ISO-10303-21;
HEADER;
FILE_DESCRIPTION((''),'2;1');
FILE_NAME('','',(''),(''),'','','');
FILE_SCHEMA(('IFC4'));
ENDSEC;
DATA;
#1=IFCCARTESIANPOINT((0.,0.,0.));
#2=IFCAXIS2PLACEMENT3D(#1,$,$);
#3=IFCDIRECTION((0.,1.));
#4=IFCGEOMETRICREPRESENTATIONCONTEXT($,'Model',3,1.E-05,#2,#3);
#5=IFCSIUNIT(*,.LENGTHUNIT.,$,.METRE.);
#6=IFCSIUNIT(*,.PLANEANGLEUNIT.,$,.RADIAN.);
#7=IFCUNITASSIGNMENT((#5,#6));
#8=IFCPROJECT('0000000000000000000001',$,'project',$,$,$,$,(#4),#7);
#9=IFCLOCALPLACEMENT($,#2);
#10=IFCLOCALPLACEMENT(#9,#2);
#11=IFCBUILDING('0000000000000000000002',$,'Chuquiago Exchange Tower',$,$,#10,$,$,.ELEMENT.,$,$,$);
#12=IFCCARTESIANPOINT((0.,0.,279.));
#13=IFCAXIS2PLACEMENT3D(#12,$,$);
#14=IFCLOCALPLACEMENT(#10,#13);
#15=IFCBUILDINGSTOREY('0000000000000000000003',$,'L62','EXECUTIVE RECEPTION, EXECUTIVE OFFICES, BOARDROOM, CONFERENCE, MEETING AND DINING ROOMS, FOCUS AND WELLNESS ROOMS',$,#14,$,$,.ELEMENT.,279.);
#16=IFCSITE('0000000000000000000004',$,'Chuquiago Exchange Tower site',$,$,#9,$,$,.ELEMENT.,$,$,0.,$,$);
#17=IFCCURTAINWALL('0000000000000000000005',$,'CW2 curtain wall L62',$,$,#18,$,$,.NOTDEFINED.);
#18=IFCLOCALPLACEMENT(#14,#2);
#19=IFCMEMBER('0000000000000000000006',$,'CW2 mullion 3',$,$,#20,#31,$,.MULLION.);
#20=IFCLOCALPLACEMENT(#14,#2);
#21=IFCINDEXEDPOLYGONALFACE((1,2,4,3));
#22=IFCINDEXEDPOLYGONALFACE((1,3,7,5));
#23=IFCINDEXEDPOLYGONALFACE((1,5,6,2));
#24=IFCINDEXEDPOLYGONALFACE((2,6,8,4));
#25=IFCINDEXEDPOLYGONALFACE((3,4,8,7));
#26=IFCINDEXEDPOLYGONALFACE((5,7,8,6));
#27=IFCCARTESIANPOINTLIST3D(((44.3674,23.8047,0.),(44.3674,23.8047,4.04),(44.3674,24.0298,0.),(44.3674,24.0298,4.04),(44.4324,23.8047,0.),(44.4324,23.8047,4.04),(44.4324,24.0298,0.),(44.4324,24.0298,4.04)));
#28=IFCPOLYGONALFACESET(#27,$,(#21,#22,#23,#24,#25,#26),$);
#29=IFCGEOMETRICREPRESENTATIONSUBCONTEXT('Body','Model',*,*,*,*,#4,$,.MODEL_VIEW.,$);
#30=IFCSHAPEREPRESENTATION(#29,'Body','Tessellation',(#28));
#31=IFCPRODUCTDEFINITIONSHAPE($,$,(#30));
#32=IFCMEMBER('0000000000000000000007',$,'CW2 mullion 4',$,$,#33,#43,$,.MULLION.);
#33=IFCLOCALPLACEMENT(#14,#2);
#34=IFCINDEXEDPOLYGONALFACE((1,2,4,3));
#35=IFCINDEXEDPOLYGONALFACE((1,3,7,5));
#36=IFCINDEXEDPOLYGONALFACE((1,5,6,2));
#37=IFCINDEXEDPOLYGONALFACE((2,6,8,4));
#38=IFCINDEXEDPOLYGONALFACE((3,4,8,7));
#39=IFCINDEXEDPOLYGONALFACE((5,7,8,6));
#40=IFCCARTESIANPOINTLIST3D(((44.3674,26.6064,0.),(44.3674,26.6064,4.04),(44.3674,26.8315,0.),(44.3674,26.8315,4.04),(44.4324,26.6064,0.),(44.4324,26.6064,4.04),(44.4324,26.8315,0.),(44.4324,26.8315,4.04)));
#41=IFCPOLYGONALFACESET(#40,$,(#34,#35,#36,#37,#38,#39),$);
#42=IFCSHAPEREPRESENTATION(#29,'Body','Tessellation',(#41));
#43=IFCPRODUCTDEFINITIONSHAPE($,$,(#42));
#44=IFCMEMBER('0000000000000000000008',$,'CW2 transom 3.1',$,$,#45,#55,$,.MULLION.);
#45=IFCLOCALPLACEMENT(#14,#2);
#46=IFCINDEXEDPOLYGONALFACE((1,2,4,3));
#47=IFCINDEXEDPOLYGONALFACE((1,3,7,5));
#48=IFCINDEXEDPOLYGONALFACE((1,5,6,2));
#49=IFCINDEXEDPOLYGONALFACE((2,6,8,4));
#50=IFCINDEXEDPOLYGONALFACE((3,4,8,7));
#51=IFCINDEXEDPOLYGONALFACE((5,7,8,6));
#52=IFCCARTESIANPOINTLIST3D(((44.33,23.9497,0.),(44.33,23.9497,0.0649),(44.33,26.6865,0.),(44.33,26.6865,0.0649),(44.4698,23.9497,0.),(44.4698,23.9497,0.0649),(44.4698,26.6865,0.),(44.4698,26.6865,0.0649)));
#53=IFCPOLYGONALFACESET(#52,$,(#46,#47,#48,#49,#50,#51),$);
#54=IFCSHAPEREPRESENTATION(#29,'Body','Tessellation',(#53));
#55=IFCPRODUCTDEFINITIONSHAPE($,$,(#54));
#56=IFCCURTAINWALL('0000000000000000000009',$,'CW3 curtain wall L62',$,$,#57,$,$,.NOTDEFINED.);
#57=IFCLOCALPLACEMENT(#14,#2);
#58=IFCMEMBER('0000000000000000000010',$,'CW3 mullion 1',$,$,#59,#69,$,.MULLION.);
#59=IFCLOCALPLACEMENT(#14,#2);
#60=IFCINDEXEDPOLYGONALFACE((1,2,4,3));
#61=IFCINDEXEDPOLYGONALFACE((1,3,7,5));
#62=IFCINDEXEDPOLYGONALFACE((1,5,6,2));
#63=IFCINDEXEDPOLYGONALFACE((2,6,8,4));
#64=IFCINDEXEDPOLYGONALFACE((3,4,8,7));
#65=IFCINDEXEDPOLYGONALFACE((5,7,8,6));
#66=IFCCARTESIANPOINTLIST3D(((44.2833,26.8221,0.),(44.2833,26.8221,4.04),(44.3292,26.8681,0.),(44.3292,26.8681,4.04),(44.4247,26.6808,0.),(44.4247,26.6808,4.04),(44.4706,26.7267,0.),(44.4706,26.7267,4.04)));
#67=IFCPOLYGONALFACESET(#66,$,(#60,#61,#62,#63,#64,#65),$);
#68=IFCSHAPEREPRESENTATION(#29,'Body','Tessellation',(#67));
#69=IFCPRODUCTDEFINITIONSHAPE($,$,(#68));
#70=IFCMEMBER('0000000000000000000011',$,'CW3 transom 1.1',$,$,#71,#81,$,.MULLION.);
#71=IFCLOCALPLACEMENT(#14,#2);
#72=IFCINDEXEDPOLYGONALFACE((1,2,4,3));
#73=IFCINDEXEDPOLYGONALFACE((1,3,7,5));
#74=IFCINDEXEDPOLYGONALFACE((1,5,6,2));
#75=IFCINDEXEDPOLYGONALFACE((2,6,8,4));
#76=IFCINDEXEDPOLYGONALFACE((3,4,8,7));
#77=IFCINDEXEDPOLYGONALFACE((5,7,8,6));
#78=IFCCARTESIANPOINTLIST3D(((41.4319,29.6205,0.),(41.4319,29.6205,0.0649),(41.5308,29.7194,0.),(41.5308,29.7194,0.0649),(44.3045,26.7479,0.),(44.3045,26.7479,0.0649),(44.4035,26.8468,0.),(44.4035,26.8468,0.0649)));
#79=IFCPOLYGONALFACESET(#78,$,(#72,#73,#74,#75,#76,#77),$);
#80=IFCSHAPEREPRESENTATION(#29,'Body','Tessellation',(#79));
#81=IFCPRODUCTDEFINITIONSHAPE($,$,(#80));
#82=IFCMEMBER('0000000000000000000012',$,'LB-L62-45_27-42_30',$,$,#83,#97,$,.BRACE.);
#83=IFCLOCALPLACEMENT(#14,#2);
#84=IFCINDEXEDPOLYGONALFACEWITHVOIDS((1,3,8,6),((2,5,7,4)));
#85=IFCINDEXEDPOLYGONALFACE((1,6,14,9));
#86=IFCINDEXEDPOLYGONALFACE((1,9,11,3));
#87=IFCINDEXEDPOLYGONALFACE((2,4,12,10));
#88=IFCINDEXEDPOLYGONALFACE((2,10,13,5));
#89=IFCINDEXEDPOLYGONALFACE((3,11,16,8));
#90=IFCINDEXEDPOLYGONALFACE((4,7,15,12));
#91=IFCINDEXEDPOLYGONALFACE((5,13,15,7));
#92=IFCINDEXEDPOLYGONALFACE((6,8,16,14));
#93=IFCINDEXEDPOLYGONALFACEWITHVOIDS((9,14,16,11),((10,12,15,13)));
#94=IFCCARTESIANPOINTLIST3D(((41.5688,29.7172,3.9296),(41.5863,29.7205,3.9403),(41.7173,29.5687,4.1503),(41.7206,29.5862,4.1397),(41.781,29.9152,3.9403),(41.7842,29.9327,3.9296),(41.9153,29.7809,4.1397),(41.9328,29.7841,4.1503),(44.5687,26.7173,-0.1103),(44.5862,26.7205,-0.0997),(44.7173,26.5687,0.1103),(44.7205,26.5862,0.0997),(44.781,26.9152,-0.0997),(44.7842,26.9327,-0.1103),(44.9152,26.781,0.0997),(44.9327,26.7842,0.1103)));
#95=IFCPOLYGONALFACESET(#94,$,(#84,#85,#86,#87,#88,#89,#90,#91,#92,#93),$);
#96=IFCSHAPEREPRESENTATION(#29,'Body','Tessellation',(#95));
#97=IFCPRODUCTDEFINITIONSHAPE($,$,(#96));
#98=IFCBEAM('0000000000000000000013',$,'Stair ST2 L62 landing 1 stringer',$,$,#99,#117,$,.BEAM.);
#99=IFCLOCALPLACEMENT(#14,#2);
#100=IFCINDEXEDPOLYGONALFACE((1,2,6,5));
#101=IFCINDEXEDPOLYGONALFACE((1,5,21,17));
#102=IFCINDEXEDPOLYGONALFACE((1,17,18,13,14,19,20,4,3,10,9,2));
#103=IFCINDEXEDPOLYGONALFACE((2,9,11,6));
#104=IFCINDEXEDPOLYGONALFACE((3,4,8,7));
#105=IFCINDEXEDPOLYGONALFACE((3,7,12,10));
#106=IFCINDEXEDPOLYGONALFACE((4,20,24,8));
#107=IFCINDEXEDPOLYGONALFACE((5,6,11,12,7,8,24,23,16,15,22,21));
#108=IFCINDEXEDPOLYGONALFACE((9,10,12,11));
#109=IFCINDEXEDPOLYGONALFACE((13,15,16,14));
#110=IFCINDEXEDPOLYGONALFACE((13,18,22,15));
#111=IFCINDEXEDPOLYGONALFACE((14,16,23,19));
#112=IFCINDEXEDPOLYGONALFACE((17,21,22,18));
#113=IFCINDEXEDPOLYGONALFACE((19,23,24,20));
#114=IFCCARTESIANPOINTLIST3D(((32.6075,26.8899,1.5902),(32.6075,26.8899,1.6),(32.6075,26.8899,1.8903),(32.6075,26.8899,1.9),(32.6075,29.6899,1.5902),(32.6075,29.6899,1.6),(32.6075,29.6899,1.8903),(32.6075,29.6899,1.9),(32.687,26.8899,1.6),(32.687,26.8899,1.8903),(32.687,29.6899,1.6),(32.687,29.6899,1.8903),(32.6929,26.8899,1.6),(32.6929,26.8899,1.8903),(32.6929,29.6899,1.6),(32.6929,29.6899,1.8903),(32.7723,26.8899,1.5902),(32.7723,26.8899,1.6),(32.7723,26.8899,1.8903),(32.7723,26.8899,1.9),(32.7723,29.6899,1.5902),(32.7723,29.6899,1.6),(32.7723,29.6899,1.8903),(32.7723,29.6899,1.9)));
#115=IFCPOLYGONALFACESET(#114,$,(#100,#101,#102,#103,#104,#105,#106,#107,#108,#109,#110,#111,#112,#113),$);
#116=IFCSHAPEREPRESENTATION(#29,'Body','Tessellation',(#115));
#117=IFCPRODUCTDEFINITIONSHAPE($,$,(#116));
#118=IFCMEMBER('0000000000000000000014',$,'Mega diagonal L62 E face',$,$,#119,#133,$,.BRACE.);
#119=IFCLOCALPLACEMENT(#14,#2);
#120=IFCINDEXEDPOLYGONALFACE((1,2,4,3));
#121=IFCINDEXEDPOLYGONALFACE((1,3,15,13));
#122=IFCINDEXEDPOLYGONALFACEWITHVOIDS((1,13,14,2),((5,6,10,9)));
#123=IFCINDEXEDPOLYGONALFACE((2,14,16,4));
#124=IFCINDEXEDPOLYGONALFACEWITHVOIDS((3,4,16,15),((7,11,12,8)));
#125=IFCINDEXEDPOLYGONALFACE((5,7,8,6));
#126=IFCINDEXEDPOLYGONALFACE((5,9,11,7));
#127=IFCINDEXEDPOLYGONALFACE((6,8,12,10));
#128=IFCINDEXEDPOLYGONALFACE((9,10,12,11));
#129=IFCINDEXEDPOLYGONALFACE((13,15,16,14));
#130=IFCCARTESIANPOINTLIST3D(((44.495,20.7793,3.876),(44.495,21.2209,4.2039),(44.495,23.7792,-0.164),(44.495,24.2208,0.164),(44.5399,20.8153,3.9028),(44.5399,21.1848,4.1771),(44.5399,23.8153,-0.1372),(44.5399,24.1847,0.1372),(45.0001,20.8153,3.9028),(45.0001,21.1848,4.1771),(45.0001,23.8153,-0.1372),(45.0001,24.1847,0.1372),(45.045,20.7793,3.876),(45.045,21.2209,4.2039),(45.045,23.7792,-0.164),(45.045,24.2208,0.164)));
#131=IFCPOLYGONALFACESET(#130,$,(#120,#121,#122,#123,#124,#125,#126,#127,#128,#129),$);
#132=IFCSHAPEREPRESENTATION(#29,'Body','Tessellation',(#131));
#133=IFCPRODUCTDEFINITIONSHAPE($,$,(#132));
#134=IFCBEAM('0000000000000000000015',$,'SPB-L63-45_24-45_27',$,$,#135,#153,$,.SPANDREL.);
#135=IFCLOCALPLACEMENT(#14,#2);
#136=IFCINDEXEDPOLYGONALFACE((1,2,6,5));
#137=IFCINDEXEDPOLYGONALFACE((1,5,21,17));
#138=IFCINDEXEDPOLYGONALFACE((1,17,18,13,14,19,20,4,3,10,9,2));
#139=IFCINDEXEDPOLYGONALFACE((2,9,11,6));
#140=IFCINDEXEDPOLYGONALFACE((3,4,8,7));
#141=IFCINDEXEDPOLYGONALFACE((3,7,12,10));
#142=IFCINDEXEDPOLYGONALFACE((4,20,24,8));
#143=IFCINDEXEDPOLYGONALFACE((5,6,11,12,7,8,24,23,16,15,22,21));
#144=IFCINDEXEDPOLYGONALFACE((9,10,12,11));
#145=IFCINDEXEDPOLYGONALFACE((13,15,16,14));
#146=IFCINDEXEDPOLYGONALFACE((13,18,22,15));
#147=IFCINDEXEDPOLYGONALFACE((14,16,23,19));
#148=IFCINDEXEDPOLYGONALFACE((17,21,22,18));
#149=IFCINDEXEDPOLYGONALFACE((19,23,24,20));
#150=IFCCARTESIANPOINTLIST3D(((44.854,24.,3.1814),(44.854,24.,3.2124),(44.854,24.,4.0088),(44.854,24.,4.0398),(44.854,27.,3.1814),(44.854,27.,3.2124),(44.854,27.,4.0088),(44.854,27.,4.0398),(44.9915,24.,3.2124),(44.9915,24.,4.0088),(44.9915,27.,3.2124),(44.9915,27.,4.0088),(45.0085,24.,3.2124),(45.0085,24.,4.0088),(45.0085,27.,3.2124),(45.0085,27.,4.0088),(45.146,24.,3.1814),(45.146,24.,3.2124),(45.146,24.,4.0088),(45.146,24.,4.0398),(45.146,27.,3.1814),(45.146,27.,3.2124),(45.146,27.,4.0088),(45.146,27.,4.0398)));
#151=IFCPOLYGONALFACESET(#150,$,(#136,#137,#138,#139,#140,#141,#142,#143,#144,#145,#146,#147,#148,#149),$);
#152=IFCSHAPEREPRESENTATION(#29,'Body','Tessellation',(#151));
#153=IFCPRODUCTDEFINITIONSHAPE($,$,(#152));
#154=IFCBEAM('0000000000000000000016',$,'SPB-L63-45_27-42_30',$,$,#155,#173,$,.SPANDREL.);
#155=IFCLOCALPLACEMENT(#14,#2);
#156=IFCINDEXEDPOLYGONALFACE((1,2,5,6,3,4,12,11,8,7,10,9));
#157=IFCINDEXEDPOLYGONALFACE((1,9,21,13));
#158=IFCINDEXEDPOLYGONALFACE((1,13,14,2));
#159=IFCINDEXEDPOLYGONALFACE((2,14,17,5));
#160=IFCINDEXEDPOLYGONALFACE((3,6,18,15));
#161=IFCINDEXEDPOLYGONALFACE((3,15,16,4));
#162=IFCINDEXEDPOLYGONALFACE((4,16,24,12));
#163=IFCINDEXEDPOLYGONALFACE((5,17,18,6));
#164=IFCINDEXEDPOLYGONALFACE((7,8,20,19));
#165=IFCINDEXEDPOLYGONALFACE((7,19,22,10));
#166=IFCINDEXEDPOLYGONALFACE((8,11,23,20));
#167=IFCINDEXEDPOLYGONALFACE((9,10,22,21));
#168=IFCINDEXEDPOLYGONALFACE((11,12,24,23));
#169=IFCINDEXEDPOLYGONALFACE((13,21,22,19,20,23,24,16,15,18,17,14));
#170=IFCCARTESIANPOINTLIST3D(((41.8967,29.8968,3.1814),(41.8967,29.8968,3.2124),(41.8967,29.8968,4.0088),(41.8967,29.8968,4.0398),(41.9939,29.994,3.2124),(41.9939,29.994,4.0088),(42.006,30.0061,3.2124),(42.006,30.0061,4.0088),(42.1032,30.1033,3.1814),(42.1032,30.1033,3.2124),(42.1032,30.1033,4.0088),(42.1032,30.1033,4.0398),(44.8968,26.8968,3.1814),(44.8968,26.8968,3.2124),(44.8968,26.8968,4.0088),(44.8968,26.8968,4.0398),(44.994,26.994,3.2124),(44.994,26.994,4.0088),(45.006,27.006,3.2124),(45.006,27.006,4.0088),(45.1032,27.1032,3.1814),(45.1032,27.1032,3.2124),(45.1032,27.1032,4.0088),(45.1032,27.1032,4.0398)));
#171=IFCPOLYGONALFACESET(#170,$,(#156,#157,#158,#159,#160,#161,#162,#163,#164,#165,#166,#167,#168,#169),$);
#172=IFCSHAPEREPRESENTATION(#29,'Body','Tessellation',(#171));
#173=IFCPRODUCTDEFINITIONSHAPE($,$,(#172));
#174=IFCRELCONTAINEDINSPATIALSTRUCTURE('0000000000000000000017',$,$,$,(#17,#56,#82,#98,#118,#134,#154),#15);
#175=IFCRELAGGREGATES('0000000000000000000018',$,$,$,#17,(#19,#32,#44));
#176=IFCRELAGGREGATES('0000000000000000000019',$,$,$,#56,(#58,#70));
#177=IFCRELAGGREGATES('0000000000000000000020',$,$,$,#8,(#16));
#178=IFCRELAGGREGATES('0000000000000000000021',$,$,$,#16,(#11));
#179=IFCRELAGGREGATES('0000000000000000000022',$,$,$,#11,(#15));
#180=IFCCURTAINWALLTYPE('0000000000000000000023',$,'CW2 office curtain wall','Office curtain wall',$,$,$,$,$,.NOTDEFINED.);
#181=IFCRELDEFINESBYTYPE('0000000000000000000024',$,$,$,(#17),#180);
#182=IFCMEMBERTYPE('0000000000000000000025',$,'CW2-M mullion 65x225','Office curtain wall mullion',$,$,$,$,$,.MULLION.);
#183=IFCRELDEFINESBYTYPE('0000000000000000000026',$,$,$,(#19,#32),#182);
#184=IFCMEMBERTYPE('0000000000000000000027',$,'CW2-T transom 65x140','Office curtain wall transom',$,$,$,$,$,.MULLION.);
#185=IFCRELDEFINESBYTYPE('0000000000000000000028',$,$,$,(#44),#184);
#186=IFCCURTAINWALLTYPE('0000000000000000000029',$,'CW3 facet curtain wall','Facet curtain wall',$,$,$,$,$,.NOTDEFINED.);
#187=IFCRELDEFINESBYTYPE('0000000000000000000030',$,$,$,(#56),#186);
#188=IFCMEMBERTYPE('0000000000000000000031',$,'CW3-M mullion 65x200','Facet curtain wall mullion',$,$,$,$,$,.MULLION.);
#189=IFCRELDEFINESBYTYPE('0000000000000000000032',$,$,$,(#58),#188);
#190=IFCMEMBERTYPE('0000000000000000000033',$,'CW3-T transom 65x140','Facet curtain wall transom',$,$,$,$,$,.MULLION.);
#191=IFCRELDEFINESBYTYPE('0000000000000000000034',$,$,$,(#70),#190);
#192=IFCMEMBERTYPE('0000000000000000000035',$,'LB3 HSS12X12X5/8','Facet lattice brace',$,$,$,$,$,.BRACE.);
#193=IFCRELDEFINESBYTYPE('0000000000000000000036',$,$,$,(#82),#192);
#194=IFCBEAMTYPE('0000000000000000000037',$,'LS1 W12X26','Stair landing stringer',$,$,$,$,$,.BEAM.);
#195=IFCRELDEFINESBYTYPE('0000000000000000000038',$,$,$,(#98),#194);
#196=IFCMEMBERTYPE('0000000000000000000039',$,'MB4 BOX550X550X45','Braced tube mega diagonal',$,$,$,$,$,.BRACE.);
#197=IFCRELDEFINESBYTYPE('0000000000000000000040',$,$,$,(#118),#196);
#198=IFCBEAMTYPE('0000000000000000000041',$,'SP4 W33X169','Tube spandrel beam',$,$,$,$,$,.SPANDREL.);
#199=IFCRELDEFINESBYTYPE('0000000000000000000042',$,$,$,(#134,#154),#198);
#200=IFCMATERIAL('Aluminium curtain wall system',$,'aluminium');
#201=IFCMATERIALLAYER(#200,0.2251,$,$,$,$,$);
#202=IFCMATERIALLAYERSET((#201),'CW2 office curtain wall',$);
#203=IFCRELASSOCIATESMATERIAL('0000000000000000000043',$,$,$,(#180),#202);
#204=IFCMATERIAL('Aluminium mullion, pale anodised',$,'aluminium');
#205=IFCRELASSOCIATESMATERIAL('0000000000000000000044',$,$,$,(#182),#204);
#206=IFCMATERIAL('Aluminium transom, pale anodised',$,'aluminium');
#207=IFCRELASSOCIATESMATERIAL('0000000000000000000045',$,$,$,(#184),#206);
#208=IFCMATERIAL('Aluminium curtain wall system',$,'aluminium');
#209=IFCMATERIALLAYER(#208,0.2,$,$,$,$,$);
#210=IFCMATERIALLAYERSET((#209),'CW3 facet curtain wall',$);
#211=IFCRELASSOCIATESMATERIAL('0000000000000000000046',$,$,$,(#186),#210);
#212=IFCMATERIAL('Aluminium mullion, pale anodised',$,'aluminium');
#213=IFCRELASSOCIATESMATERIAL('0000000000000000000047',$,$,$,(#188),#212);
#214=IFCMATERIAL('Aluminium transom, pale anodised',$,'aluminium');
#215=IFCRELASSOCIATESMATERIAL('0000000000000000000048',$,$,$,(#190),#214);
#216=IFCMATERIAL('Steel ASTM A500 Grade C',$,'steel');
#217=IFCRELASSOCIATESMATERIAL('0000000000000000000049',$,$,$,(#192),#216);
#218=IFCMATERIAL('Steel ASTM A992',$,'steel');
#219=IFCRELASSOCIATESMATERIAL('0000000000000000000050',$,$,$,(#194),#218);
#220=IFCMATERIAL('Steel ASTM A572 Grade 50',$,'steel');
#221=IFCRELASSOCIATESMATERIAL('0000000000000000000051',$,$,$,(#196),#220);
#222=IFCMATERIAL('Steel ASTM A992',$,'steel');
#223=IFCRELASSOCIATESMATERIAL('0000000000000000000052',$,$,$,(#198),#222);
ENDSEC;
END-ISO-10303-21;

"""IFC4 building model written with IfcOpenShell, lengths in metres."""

from ifc_helpers import new_model, si_unit, direction, frame, origin, origin_2d, place, context, subcontext, project, spatial, rectangle, hollow_rectangle, i_section, extrude, material, layer, layer_set, material_profile, profile_set, type_object, element, aggregate, save


model = new_model("IFC4")

# Units and contexts
model_context = context("Model", 3, precision=1e-05, world=origin(), true_north=direction((0.0, 1.0)))
body_context = subcontext(model_context, "Body", "Model", "MODEL_VIEW")
ifc_project = project(units=[si_unit("LENGTHUNIT", "METRE"), si_unit("PLANEANGLEUNIT", "RADIAN")], contexts=[model_context])

# Site, building, storey
site_placement = place(None, origin())
site = spatial("IfcSite", under=ifc_project, at=site_placement, Name="Chuquiago Exchange Tower site", CompositionType="ELEMENT", RefElevation=0.0)
building_placement = place(site_placement, origin())
building = spatial("IfcBuilding", under=site, at=building_placement, Name="Chuquiago Exchange Tower", CompositionType="ELEMENT")
storey_placement = place(building_placement, frame((0.0, 0.0, 279.0)))
storey = spatial("IfcBuildingStorey", under=building, at=storey_placement, Name="L62", Description="EXECUTIVE RECEPTION, EXECUTIVE OFFICES, BOARDROOM, CONFERENCE, MEETING AND DINING ROOMS, FOCUS AND WELLNESS ROOMS", CompositionType="ELEMENT", Elevation=279.0)

# Curtain walls, members
ifc_material_1 = material(Name="Aluminium curtain wall system", Category="aluminium")
ifc_layer_1 = layer(ifc_material_1, 0.2251)
ifc_layer_set_1 = layer_set([ifc_layer_1], Name="CW2 office curtain wall")
curtain_wall_type_1 = type_object("IfcCurtainWallType", Name="CW2 office curtain wall", Description="Office curtain wall", PredefinedType="NOTDEFINED", material=ifc_layer_set_1)
curtain_wall_1_placement = place(storey_placement, origin())
curtain_wall_1 = element("IfcCurtainWall", 1, at=curtain_wall_1_placement, inside=storey, type_object=curtain_wall_type_1, Name="CW2 curtain wall L62", PredefinedType="NOTDEFINED")
ifc_material_2 = material(Name="Aluminium mullion, pale anodised", Category="aluminium")
ifc_material_profile_1 = material_profile(ifc_material_2, rectangle(XDim=0.0649, YDim=0.2251, at=origin_2d()), Name="AL 65x225")
ifc_profile_set_1 = profile_set([ifc_material_profile_1], Name="Aluminium mullion, pale anodised")
member_type_1 = type_object("IfcMemberType", Name="CW2-M mullion 65x225", Description="Office curtain wall mullion", PredefinedType="MULLION", material=ifc_profile_set_1)
member_1_placement = place(storey_placement, frame((44.3999, 23.9172, 0.0), z_axis=(0.0, 0.0, 1.0), x_axis=(-1.0, 0.0, 0.0)))
member_1 = element("IfcMember", 2, at=member_1_placement, type_object=member_type_1, Name="CW2 mullion 3", PredefinedType="MULLION", context=body_context, shape_type="SweptSolid", body=[
    extrude(rectangle(XDim=0.0649, YDim=0.2251, at=origin_2d()), origin(), (0.0, 0.0, 1.0), 4.04),
])
member_2_placement = place(storey_placement, frame((44.3999, 26.719, 0.0), z_axis=(0.0, 0.0, 1.0), x_axis=(-1.0, 0.0, 0.0)))
member_2 = element("IfcMember", 3, at=member_2_placement, type_object=member_type_1, Name="CW2 mullion 4", PredefinedType="MULLION", context=body_context, shape_type="SweptSolid", body=[
    extrude(rectangle(XDim=0.0649, YDim=0.2251, at=origin_2d()), origin(), (0.0, 0.0, 1.0), 4.04),
])
ifc_material_3 = material(Name="Aluminium transom, pale anodised", Category="aluminium")
ifc_material_profile_2 = material_profile(ifc_material_3, rectangle(XDim=0.1399, YDim=0.0649, at=origin_2d()), Name="AL 140x65")
ifc_profile_set_2 = profile_set([ifc_material_profile_2], Name="Aluminium transom, pale anodised")
member_type_2 = type_object("IfcMemberType", Name="CW2-T transom 65x140", Description="Office curtain wall transom", PredefinedType="MULLION", material=ifc_profile_set_2)
member_3_placement = place(storey_placement, frame((44.3999, 23.9497, 0.0325), z_axis=(0.0, 1.0, 0.0), x_axis=(-1.0, 0.0, 0.0)))
member_3 = element("IfcMember", 4, at=member_3_placement, type_object=member_type_2, Name="CW2 transom 3.1", PredefinedType="MULLION", context=body_context, shape_type="SweptSolid", body=[
    extrude(rectangle(XDim=0.1399, YDim=0.0649, at=origin_2d()), origin(), (0.0, 0.0, 1.0), 2.7368),
])
ifc_material_4 = material(Name="Aluminium curtain wall system", Category="aluminium")
ifc_layer_2 = layer(ifc_material_4, 0.2)
ifc_layer_set_2 = layer_set([ifc_layer_2], Name="CW3 facet curtain wall")
curtain_wall_type_2 = type_object("IfcCurtainWallType", Name="CW3 facet curtain wall", Description="Facet curtain wall", PredefinedType="NOTDEFINED", material=ifc_layer_set_2)
curtain_wall_2_placement = place(storey_placement, origin())
curtain_wall_2 = element("IfcCurtainWall", 5, at=curtain_wall_2_placement, inside=storey, type_object=curtain_wall_type_2, Name="CW3 curtain wall L62", PredefinedType="NOTDEFINED")
ifc_material_5 = material(Name="Aluminium mullion, pale anodised", Category="aluminium")
ifc_material_profile_3 = material_profile(ifc_material_5, rectangle(XDim=0.0649, YDim=0.2, at=origin_2d()), Name="AL 65x200")
ifc_profile_set_3 = profile_set([ifc_material_profile_3], Name="Aluminium mullion, pale anodised")
member_type_3 = type_object("IfcMemberType", Name="CW3-M mullion 65x200", Description="Facet curtain wall mullion", PredefinedType="MULLION", material=ifc_profile_set_3)
member_4_placement = place(storey_placement, frame((44.377, 26.7744, 0.0), z_axis=(0.0, 0.0, 1.0), x_axis=(-0.707107, -0.707107, 0.0)))
member_4 = element("IfcMember", 6, at=member_4_placement, type_object=member_type_3, Name="CW3 mullion 1", PredefinedType="MULLION", context=body_context, shape_type="SweptSolid", body=[
    extrude(rectangle(XDim=0.0649, YDim=0.2, at=origin_2d()), origin(), (0.0, 0.0, 1.0), 4.04),
])
ifc_material_6 = material(Name="Aluminium transom, pale anodised", Category="aluminium")
ifc_material_profile_4 = material_profile(ifc_material_6, rectangle(XDim=0.1399, YDim=0.0649, at=origin_2d()), Name="AL 140x65")
ifc_profile_set_4 = profile_set([ifc_material_profile_4], Name="Aluminium transom, pale anodised")
member_type_4 = type_object("IfcMemberType", Name="CW3-T transom 65x140", Description="Facet curtain wall transom", PredefinedType="MULLION", material=ifc_profile_set_4)
member_5_placement = place(storey_placement, frame((44.354, 26.7974, 0.0325), z_axis=(-0.707107, 0.707107, 0.0), x_axis=(-0.707107, -0.707107, 0.0)))
member_5 = element("IfcMember", 7, at=member_5_placement, type_object=member_type_4, Name="CW3 transom 1.1", PredefinedType="MULLION", context=body_context, shape_type="SweptSolid", body=[
    extrude(rectangle(XDim=0.1399, YDim=0.0649, at=origin_2d()), origin(), (0.0, 0.0, 1.0), 4.0625),
])

# Member
ifc_material_7 = material(Name="Steel ASTM A500 Grade C", Category="steel")
ifc_material_profile_5 = material_profile(ifc_material_7, hollow_rectangle(XDim=0.3047, YDim=0.3047, WallThickness=0.0146, at=origin_2d()), Name="HSS12X12X5/8")
ifc_profile_set_5 = profile_set([ifc_material_profile_5], Name="Steel ASTM A500 Grade C")
member_type_5 = type_object("IfcMemberType", Name="LB3 HSS12X12X5/8", Description="Facet lattice brace", PredefinedType="BRACE", material=ifc_profile_set_5)
member_6_placement = place(storey_placement, frame((44.7507, 26.7507, 0.0), z_axis=(-0.512077, 0.512077, 0.689604), x_axis=(-0.707107, -0.707107, 0.0)))
element("IfcMember", 8, at=member_6_placement, inside=storey, type_object=member_type_5, Name="LB-L62-45_27-42_30", PredefinedType="BRACE", context=body_context, shape_type="SweptSolid", body=[
    extrude(hollow_rectangle(XDim=0.3047, YDim=0.3047, WallThickness=0.0146, at=origin_2d()), origin(), (0.0, 0.0, 1.0), 5.8584),
])

# Beam
ifc_material_8 = material(Name="Steel ASTM A992", Category="steel")
ifc_material_profile_6 = material_profile(ifc_material_8, i_section(OverallWidth=0.1648, OverallDepth=0.3098, WebThickness=0.0059, FlangeThickness=0.0098, at=origin_2d()), Name="W12X26")
ifc_profile_set_6 = profile_set([ifc_material_profile_6], Name="Steel ASTM A992")
beam_type_1 = type_object("IfcBeamType", Name="LS1 W12X26", Description="Stair landing stringer", PredefinedType="BEAM", material=ifc_profile_set_6)
beam_1_placement = place(storey_placement, frame((32.6899, 26.8899, 1.7451), z_axis=(0.0, 1.0, 0.0), x_axis=(-1.0, 0.0, 0.0)))
element("IfcBeam", 9, at=beam_1_placement, inside=storey, type_object=beam_type_1, Name="Stair ST2 L62 landing 1 stringer", PredefinedType="BEAM", context=body_context, shape_type="SweptSolid", body=[
    extrude(i_section(OverallWidth=0.1648, OverallDepth=0.3098, WebThickness=0.0059, FlangeThickness=0.0098, at=origin_2d()), origin(), (0.0, 0.0, 1.0), 2.8),
])

# Member
ifc_material_9 = material(Name="Steel ASTM A572 Grade 50", Category="steel")
ifc_material_profile_7 = material_profile(ifc_material_9, hollow_rectangle(XDim=0.55, YDim=0.55, WallThickness=0.0449, at=origin_2d()), Name="BOX550X550X45")
ifc_profile_set_7 = profile_set([ifc_material_profile_7], Name="Steel ASTM A572 Grade 50")
member_type_6 = type_object("IfcMemberType", Name="MB4 BOX550X550X45", Description="Braced tube mega diagonal", PredefinedType="BRACE", material=ifc_profile_set_7)
member_7_placement = place(storey_placement, frame((44.77, 24.0, 0.0), z_axis=(0.0, -0.596174, 0.802855), x_axis=(1.0, 0.0, 0.0)))
element("IfcMember", 10, at=member_7_placement, inside=storey, type_object=member_type_6, Name="Mega diagonal L62 E face", PredefinedType="BRACE", context=body_context, shape_type="SweptSolid", body=[
    extrude(hollow_rectangle(XDim=0.55, YDim=0.55, WallThickness=0.0449, at=origin_2d()), origin(), (0.0, 0.0, 1.0), 5.032),
])

# Beams
ifc_material_10 = material(Name="Steel ASTM A992", Category="steel")
ifc_material_profile_8 = material_profile(ifc_material_10, i_section(OverallWidth=0.292, OverallDepth=0.8584, WebThickness=0.0171, FlangeThickness=0.031, at=origin_2d()), Name="W33X169")
ifc_profile_set_8 = profile_set([ifc_material_profile_8], Name="Steel ASTM A992")
beam_type_2 = type_object("IfcBeamType", Name="SP4 W33X169", Description="Tube spandrel beam", PredefinedType="SPANDREL", material=ifc_profile_set_8)
beam_2_placement = place(storey_placement, frame((45.0, 24.0, 3.6106), z_axis=(0.0, 1.0, 0.0), x_axis=(-1.0, 0.0, 0.0)))
element("IfcBeam", 11, at=beam_2_placement, inside=storey, type_object=beam_type_2, Name="SPB-L63-45_24-45_27", PredefinedType="SPANDREL", context=body_context, shape_type="SweptSolid", body=[
    extrude(i_section(OverallWidth=0.292, OverallDepth=0.8584, WebThickness=0.0171, FlangeThickness=0.031, at=origin_2d()), origin(), (0.0, 0.0, 1.0), 3.0),
])
beam_3_placement = place(storey_placement, frame((45.0, 27.0, 3.6106), z_axis=(-0.707107, 0.707107, 0.0), x_axis=(-0.707107, -0.707107, 0.0)))
element("IfcBeam", 12, at=beam_3_placement, inside=storey, type_object=beam_type_2, Name="SPB-L63-45_27-42_30", PredefinedType="SPANDREL", context=body_context, shape_type="SweptSolid", body=[
    extrude(i_section(OverallWidth=0.292, OverallDepth=0.8584, WebThickness=0.0171, FlangeThickness=0.031, at=origin_2d()), origin(), (0.0, 0.0, 1.0), 4.2427),
])

aggregate(curtain_wall_1, [member_1, member_2, member_3])
aggregate(curtain_wall_2, [member_4, member_5])

save(model, "model.ifc")
